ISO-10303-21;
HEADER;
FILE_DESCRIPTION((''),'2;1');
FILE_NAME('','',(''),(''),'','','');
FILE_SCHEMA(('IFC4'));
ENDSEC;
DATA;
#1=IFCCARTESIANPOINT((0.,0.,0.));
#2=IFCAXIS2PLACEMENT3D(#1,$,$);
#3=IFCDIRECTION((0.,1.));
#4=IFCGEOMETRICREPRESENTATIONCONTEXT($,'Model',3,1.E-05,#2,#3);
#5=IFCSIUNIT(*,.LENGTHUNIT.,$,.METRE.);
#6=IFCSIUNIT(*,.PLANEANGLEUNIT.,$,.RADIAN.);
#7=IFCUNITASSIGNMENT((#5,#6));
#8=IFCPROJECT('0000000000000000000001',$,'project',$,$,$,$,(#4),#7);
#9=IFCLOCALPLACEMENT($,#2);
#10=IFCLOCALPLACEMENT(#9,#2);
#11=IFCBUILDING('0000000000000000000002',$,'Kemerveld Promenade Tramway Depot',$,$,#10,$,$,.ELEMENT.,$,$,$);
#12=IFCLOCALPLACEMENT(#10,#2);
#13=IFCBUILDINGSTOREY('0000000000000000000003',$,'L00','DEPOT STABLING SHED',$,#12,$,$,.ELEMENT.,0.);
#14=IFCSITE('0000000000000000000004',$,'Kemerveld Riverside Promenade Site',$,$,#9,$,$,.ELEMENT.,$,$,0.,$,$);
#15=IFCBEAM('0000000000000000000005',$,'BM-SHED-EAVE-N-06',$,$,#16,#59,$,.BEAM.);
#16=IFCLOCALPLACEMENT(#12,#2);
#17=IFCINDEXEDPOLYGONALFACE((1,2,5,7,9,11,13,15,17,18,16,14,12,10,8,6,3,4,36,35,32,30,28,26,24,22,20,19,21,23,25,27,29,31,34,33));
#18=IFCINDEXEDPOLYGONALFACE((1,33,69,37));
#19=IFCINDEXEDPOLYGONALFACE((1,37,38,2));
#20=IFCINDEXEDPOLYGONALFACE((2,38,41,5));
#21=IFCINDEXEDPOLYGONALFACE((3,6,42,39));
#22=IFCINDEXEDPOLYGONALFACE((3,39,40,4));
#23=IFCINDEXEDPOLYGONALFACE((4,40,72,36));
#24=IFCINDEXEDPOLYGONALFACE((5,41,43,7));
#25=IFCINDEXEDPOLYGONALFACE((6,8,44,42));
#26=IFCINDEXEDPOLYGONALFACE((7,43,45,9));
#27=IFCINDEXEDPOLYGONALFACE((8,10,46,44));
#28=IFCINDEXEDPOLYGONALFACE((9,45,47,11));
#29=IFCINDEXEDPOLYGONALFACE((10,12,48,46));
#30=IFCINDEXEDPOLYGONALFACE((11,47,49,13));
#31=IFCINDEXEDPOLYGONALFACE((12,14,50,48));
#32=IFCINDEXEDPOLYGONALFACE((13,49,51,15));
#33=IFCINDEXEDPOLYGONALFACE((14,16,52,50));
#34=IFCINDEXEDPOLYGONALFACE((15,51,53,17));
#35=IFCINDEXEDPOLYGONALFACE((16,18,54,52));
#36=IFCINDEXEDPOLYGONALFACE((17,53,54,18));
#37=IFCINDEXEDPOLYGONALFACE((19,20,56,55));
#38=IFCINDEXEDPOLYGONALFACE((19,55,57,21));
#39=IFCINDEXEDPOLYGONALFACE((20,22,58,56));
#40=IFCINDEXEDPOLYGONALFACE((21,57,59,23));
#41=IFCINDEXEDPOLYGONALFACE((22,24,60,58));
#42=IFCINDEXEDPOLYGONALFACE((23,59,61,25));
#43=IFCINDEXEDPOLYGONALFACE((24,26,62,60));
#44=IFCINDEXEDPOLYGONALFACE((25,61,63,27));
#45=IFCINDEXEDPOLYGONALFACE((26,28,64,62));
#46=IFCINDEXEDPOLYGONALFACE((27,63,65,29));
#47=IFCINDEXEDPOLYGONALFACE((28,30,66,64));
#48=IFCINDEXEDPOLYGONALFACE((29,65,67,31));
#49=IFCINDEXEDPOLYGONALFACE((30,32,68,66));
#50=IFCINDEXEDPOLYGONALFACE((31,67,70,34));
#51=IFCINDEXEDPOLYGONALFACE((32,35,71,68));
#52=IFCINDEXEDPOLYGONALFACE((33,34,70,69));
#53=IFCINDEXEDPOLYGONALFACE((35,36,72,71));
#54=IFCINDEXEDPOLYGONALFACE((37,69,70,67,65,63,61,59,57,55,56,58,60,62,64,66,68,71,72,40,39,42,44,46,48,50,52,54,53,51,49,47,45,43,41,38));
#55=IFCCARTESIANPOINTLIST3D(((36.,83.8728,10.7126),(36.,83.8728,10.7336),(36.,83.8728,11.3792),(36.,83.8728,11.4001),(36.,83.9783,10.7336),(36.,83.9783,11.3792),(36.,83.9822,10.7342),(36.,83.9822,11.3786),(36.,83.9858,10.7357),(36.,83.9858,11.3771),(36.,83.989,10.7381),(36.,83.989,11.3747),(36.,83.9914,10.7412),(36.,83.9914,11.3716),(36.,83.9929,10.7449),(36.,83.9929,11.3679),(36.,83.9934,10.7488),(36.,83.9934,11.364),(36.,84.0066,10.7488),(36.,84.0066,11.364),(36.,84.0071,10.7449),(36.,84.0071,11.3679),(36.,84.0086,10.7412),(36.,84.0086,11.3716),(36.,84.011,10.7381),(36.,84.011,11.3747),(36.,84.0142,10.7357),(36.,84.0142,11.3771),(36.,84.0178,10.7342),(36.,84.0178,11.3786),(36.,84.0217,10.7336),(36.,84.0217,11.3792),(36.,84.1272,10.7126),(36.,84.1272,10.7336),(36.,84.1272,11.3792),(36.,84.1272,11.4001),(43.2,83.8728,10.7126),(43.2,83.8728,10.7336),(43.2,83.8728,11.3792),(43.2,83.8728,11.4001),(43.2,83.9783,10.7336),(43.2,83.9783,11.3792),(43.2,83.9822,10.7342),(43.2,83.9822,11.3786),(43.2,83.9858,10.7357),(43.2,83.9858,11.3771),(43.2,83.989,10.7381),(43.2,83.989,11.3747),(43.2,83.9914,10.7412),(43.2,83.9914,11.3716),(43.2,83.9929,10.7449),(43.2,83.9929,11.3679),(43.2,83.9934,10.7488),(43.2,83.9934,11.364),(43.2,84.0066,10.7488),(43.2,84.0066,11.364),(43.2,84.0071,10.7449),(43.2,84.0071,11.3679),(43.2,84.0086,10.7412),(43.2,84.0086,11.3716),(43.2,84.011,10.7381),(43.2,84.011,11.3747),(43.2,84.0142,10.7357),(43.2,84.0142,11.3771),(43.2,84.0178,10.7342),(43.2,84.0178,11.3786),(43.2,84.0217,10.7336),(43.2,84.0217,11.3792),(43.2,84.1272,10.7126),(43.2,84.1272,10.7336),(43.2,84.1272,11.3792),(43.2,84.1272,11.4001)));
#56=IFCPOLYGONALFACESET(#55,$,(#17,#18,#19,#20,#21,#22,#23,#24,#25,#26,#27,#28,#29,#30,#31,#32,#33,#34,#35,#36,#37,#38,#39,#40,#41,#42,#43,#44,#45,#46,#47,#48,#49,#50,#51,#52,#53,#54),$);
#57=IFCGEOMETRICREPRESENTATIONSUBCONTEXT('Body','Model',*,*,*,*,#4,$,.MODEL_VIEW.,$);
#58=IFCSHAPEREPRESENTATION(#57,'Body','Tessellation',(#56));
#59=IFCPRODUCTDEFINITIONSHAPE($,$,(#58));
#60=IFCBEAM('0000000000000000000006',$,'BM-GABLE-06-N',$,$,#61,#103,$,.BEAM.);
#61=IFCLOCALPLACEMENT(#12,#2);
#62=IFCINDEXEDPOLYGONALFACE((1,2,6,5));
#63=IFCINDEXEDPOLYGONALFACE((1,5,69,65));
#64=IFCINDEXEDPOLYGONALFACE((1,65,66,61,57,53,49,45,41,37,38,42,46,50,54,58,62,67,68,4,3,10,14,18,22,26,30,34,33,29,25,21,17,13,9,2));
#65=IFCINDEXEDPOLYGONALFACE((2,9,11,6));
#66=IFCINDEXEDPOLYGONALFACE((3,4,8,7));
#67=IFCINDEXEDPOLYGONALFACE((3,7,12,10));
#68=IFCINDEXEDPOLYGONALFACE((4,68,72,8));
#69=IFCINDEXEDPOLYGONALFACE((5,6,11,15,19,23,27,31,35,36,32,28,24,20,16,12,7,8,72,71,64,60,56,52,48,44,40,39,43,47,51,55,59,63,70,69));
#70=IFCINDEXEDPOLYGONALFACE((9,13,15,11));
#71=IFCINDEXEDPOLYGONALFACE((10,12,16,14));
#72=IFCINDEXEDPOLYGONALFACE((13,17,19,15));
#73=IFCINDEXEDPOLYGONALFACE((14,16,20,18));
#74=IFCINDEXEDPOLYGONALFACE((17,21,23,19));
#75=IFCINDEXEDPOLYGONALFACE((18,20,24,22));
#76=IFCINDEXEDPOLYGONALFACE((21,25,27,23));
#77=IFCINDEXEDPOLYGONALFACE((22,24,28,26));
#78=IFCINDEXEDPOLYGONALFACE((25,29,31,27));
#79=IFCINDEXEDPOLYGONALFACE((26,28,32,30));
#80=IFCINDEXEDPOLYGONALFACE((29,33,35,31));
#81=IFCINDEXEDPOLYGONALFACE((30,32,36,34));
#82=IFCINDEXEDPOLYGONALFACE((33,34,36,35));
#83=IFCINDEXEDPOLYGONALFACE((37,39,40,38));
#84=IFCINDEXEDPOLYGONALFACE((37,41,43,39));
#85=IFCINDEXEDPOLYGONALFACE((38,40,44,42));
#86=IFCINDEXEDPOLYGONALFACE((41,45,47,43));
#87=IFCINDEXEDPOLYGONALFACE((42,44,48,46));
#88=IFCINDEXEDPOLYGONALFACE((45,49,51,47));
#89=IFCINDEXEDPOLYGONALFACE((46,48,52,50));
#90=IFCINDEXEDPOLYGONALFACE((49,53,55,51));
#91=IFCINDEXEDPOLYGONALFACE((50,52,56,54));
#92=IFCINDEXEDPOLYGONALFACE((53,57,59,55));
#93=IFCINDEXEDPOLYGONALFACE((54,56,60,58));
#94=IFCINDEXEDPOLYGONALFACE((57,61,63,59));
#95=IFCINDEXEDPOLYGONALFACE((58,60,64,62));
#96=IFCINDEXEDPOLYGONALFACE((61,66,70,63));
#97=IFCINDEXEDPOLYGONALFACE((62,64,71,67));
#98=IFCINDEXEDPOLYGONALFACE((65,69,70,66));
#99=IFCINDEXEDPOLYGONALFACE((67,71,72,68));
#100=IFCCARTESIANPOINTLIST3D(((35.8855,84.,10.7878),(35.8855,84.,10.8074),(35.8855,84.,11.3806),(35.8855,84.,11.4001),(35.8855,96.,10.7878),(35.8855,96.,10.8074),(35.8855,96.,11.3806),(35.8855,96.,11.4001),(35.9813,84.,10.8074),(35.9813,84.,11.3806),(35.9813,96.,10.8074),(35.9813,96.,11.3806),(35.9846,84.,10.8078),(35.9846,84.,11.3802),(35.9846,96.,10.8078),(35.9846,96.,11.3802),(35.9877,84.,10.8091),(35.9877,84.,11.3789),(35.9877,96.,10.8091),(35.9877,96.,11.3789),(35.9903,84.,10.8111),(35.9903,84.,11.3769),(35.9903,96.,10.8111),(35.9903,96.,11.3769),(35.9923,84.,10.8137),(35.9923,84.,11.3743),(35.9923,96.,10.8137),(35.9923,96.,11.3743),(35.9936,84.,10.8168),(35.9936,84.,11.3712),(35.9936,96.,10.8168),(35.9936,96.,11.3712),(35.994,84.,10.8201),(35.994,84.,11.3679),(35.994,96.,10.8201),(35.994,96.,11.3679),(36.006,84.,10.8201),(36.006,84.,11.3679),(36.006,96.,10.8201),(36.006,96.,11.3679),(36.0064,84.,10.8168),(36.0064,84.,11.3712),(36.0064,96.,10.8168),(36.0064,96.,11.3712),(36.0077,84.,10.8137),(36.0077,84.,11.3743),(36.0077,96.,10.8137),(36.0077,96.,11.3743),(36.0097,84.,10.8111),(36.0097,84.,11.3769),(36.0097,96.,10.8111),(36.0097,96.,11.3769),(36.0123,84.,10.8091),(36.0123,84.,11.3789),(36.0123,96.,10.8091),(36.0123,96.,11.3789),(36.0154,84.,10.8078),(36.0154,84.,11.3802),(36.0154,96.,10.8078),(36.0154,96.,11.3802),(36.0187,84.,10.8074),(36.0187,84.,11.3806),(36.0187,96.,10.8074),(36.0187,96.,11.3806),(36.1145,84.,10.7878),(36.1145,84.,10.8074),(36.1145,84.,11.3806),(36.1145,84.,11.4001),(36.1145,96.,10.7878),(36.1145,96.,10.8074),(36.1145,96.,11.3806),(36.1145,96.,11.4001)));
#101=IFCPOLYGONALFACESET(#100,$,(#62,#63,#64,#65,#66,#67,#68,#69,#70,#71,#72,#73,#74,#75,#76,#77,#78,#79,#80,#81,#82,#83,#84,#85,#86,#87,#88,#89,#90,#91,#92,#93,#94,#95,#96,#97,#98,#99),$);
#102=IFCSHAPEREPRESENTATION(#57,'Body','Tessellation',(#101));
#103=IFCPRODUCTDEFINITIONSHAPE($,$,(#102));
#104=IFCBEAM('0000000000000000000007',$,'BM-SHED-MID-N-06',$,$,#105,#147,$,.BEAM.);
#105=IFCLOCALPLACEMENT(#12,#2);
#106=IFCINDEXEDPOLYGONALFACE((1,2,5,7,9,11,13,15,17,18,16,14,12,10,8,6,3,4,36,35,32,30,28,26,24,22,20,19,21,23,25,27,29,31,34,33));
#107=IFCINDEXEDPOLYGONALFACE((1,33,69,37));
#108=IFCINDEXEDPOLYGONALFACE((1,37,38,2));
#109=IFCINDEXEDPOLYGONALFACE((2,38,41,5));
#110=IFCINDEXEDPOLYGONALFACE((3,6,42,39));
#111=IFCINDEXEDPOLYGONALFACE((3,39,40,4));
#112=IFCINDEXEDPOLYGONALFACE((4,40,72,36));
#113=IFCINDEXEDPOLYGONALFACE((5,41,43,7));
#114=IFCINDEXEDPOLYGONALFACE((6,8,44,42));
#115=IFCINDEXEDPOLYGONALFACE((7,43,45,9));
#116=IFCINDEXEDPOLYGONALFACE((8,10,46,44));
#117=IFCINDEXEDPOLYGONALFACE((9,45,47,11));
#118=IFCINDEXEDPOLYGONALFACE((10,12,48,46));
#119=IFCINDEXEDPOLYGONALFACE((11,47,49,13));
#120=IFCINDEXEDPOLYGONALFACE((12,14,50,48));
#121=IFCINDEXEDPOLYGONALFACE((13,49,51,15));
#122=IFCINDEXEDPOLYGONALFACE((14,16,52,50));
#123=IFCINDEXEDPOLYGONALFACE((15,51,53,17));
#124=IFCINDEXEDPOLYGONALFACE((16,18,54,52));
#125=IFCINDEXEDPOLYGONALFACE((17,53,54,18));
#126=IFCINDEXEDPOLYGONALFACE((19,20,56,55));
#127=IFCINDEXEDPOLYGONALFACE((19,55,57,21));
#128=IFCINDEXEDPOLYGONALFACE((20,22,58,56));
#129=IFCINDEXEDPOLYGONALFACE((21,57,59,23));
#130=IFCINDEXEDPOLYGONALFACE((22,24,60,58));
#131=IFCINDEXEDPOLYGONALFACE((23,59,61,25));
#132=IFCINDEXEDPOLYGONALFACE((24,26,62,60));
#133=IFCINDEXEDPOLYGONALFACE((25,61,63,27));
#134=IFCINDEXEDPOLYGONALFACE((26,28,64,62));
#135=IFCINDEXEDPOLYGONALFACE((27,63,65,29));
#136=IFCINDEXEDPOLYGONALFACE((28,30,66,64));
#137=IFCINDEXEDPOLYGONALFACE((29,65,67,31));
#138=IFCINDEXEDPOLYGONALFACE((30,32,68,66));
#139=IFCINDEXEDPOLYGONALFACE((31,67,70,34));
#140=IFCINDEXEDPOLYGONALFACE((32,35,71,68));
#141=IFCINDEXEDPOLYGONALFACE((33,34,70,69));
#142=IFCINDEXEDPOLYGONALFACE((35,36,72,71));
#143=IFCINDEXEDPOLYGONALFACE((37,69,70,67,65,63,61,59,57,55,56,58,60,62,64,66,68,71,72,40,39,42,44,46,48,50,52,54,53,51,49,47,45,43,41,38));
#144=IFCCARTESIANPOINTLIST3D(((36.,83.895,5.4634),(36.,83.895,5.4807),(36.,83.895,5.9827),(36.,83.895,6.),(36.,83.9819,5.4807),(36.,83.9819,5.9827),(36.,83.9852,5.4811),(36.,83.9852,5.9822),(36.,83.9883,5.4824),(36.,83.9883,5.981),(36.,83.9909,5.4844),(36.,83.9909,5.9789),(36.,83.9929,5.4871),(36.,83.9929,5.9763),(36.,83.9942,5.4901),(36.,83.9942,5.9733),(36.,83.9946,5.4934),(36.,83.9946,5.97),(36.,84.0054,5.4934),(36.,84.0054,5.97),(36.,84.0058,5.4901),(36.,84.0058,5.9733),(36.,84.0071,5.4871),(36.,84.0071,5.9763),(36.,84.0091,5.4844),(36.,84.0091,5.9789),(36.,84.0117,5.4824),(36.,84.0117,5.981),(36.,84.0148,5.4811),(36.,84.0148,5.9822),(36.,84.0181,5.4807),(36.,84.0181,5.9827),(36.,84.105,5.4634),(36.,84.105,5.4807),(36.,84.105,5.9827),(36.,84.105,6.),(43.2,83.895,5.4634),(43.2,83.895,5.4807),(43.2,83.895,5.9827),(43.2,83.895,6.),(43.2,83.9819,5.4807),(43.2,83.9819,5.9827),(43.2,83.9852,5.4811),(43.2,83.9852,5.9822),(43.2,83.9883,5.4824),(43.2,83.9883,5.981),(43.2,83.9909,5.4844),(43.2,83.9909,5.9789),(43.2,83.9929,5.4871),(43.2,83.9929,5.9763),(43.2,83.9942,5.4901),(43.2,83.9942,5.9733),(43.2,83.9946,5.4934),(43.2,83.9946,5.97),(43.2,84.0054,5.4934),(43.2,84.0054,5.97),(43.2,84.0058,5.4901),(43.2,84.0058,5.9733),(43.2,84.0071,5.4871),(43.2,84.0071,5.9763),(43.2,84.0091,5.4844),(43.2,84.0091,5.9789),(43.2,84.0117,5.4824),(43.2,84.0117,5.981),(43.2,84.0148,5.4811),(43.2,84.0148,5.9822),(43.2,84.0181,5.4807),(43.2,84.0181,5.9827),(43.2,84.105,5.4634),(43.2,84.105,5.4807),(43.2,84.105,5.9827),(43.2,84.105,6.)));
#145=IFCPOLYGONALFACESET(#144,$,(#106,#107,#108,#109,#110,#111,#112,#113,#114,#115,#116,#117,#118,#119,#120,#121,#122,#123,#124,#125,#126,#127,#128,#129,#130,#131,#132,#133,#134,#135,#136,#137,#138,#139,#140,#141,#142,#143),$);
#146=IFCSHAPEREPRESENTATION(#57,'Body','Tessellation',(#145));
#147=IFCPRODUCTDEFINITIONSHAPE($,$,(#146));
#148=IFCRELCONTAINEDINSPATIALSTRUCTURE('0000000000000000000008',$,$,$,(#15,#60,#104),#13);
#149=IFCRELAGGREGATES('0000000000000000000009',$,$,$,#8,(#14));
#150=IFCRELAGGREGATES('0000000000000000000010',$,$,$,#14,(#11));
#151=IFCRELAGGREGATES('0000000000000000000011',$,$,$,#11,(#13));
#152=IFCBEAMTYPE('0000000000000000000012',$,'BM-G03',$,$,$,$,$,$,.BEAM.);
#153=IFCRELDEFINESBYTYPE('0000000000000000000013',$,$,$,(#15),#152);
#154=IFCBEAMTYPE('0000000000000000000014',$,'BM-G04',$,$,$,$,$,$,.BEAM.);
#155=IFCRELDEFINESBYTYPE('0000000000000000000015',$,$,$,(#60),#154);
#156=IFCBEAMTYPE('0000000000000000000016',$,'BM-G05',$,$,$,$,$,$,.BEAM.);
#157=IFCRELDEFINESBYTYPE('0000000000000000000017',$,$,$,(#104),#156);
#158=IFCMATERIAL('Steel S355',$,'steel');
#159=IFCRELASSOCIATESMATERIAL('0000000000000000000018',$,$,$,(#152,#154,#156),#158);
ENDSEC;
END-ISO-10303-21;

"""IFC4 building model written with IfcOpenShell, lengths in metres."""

from ifc_helpers import new_model, si_unit, direction, frame, origin, origin_2d, place, context, subcontext, project, spatial, i_section, extrude, material, material_profile, profile_set, type_object, element, save


model = new_model("IFC4")

# Units and contexts
model_context = context("Model", 3, precision=1e-05, world=origin(), true_north=direction((0.0, 1.0)))
body_context = subcontext(model_context, "Body", "Model", "MODEL_VIEW")
ifc_project = project(units=[si_unit("LENGTHUNIT", "METRE"), si_unit("PLANEANGLEUNIT", "RADIAN")], contexts=[model_context])

# Site, building, storey
site_placement = place(None, origin())
site = spatial("IfcSite", under=ifc_project, at=site_placement, Name="Kemerveld Riverside Promenade Site", CompositionType="ELEMENT", RefElevation=0.0)
building_placement = place(site_placement, origin())
building = spatial("IfcBuilding", under=site, at=building_placement, Name="Kemerveld Promenade Tramway Depot", CompositionType="ELEMENT")
storey_placement = place(building_placement, origin())
storey = spatial("IfcBuildingStorey", under=building, at=storey_placement, Name="L00", Description="DEPOT STABLING SHED", CompositionType="ELEMENT", Elevation=0.0)

# Shared definitions
ifc_material_1 = material(Name="Steel S355", Category="steel")

# Beams
ifc_material_profile_1 = material_profile(ifc_material_1, i_section(OverallWidth=0.2544, OverallDepth=0.6875, WebThickness=0.0132, FlangeThickness=0.021, FilletRadius=0.0151, at=origin_2d()), Name="686x254x152 UB")
ifc_profile_set_1 = profile_set([ifc_material_profile_1], Name="Steel S355")
beam_type_1 = type_object("IfcBeamType", Name="BM-G03", PredefinedType="BEAM", material=ifc_profile_set_1)
beam_1_placement = place(storey_placement, frame((36.0, 84.0, 11.0564), z_axis=(1.0, 0.0, 0.0), x_axis=(0.0, 1.0, 0.0)))
element("IfcBeam", 1, at=beam_1_placement, inside=storey, type_object=beam_type_1, Name="BM-SHED-EAVE-N-06", PredefinedType="BEAM", context=body_context, shape_type="SweptSolid", body=[
    extrude(i_section(OverallWidth=0.2544, OverallDepth=0.6875, WebThickness=0.0132, FlangeThickness=0.021, FilletRadius=0.0151, at=origin_2d()), origin(), (0.0, 0.0, 1.0), 7.2),
])
ifc_material_profile_2 = material_profile(ifc_material_1, i_section(OverallWidth=0.229, OverallDepth=0.6123, WebThickness=0.012, FlangeThickness=0.0195, FilletRadius=0.0127, at=origin_2d()), Name="610x229x125 UB")
ifc_profile_set_2 = profile_set([ifc_material_profile_2], Name="Steel S355")
beam_type_2 = type_object("IfcBeamType", Name="BM-G04", PredefinedType="BEAM", material=ifc_profile_set_2)
beam_2_placement = place(storey_placement, frame((36.0, 84.0, 11.094), z_axis=(0.0, 1.0, 0.0), x_axis=(-1.0, 0.0, 0.0)))
element("IfcBeam", 2, at=beam_2_placement, inside=storey, type_object=beam_type_2, Name="BM-GABLE-06-N", PredefinedType="BEAM", context=body_context, shape_type="SweptSolid", body=[
    extrude(i_section(OverallWidth=0.229, OverallDepth=0.6123, WebThickness=0.012, FlangeThickness=0.0195, FilletRadius=0.0127, at=origin_2d()), origin(), (0.0, 0.0, 1.0), 12.0),
])
ifc_material_profile_3 = material_profile(ifc_material_1, i_section(OverallWidth=0.21, OverallDepth=0.5366, WebThickness=0.0107, FlangeThickness=0.0173, FilletRadius=0.0127, at=origin_2d()), Name="533x210x101 UB")
ifc_profile_set_3 = profile_set([ifc_material_profile_3], Name="Steel S355")
beam_type_3 = type_object("IfcBeamType", Name="BM-G05", PredefinedType="BEAM", material=ifc_profile_set_3)
beam_3_placement = place(storey_placement, frame((36.0, 84.0, 5.7317), z_axis=(1.0, 0.0, 0.0), x_axis=(0.0, 1.0, 0.0)))
element("IfcBeam", 3, at=beam_3_placement, inside=storey, type_object=beam_type_3, Name="BM-SHED-MID-N-06", PredefinedType="BEAM", context=body_context, shape_type="SweptSolid", body=[
    extrude(i_section(OverallWidth=0.21, OverallDepth=0.5366, WebThickness=0.0107, FlangeThickness=0.0173, FilletRadius=0.0127, at=origin_2d()), origin(), (0.0, 0.0, 1.0), 7.2),
])

save(model, "model.ifc")
